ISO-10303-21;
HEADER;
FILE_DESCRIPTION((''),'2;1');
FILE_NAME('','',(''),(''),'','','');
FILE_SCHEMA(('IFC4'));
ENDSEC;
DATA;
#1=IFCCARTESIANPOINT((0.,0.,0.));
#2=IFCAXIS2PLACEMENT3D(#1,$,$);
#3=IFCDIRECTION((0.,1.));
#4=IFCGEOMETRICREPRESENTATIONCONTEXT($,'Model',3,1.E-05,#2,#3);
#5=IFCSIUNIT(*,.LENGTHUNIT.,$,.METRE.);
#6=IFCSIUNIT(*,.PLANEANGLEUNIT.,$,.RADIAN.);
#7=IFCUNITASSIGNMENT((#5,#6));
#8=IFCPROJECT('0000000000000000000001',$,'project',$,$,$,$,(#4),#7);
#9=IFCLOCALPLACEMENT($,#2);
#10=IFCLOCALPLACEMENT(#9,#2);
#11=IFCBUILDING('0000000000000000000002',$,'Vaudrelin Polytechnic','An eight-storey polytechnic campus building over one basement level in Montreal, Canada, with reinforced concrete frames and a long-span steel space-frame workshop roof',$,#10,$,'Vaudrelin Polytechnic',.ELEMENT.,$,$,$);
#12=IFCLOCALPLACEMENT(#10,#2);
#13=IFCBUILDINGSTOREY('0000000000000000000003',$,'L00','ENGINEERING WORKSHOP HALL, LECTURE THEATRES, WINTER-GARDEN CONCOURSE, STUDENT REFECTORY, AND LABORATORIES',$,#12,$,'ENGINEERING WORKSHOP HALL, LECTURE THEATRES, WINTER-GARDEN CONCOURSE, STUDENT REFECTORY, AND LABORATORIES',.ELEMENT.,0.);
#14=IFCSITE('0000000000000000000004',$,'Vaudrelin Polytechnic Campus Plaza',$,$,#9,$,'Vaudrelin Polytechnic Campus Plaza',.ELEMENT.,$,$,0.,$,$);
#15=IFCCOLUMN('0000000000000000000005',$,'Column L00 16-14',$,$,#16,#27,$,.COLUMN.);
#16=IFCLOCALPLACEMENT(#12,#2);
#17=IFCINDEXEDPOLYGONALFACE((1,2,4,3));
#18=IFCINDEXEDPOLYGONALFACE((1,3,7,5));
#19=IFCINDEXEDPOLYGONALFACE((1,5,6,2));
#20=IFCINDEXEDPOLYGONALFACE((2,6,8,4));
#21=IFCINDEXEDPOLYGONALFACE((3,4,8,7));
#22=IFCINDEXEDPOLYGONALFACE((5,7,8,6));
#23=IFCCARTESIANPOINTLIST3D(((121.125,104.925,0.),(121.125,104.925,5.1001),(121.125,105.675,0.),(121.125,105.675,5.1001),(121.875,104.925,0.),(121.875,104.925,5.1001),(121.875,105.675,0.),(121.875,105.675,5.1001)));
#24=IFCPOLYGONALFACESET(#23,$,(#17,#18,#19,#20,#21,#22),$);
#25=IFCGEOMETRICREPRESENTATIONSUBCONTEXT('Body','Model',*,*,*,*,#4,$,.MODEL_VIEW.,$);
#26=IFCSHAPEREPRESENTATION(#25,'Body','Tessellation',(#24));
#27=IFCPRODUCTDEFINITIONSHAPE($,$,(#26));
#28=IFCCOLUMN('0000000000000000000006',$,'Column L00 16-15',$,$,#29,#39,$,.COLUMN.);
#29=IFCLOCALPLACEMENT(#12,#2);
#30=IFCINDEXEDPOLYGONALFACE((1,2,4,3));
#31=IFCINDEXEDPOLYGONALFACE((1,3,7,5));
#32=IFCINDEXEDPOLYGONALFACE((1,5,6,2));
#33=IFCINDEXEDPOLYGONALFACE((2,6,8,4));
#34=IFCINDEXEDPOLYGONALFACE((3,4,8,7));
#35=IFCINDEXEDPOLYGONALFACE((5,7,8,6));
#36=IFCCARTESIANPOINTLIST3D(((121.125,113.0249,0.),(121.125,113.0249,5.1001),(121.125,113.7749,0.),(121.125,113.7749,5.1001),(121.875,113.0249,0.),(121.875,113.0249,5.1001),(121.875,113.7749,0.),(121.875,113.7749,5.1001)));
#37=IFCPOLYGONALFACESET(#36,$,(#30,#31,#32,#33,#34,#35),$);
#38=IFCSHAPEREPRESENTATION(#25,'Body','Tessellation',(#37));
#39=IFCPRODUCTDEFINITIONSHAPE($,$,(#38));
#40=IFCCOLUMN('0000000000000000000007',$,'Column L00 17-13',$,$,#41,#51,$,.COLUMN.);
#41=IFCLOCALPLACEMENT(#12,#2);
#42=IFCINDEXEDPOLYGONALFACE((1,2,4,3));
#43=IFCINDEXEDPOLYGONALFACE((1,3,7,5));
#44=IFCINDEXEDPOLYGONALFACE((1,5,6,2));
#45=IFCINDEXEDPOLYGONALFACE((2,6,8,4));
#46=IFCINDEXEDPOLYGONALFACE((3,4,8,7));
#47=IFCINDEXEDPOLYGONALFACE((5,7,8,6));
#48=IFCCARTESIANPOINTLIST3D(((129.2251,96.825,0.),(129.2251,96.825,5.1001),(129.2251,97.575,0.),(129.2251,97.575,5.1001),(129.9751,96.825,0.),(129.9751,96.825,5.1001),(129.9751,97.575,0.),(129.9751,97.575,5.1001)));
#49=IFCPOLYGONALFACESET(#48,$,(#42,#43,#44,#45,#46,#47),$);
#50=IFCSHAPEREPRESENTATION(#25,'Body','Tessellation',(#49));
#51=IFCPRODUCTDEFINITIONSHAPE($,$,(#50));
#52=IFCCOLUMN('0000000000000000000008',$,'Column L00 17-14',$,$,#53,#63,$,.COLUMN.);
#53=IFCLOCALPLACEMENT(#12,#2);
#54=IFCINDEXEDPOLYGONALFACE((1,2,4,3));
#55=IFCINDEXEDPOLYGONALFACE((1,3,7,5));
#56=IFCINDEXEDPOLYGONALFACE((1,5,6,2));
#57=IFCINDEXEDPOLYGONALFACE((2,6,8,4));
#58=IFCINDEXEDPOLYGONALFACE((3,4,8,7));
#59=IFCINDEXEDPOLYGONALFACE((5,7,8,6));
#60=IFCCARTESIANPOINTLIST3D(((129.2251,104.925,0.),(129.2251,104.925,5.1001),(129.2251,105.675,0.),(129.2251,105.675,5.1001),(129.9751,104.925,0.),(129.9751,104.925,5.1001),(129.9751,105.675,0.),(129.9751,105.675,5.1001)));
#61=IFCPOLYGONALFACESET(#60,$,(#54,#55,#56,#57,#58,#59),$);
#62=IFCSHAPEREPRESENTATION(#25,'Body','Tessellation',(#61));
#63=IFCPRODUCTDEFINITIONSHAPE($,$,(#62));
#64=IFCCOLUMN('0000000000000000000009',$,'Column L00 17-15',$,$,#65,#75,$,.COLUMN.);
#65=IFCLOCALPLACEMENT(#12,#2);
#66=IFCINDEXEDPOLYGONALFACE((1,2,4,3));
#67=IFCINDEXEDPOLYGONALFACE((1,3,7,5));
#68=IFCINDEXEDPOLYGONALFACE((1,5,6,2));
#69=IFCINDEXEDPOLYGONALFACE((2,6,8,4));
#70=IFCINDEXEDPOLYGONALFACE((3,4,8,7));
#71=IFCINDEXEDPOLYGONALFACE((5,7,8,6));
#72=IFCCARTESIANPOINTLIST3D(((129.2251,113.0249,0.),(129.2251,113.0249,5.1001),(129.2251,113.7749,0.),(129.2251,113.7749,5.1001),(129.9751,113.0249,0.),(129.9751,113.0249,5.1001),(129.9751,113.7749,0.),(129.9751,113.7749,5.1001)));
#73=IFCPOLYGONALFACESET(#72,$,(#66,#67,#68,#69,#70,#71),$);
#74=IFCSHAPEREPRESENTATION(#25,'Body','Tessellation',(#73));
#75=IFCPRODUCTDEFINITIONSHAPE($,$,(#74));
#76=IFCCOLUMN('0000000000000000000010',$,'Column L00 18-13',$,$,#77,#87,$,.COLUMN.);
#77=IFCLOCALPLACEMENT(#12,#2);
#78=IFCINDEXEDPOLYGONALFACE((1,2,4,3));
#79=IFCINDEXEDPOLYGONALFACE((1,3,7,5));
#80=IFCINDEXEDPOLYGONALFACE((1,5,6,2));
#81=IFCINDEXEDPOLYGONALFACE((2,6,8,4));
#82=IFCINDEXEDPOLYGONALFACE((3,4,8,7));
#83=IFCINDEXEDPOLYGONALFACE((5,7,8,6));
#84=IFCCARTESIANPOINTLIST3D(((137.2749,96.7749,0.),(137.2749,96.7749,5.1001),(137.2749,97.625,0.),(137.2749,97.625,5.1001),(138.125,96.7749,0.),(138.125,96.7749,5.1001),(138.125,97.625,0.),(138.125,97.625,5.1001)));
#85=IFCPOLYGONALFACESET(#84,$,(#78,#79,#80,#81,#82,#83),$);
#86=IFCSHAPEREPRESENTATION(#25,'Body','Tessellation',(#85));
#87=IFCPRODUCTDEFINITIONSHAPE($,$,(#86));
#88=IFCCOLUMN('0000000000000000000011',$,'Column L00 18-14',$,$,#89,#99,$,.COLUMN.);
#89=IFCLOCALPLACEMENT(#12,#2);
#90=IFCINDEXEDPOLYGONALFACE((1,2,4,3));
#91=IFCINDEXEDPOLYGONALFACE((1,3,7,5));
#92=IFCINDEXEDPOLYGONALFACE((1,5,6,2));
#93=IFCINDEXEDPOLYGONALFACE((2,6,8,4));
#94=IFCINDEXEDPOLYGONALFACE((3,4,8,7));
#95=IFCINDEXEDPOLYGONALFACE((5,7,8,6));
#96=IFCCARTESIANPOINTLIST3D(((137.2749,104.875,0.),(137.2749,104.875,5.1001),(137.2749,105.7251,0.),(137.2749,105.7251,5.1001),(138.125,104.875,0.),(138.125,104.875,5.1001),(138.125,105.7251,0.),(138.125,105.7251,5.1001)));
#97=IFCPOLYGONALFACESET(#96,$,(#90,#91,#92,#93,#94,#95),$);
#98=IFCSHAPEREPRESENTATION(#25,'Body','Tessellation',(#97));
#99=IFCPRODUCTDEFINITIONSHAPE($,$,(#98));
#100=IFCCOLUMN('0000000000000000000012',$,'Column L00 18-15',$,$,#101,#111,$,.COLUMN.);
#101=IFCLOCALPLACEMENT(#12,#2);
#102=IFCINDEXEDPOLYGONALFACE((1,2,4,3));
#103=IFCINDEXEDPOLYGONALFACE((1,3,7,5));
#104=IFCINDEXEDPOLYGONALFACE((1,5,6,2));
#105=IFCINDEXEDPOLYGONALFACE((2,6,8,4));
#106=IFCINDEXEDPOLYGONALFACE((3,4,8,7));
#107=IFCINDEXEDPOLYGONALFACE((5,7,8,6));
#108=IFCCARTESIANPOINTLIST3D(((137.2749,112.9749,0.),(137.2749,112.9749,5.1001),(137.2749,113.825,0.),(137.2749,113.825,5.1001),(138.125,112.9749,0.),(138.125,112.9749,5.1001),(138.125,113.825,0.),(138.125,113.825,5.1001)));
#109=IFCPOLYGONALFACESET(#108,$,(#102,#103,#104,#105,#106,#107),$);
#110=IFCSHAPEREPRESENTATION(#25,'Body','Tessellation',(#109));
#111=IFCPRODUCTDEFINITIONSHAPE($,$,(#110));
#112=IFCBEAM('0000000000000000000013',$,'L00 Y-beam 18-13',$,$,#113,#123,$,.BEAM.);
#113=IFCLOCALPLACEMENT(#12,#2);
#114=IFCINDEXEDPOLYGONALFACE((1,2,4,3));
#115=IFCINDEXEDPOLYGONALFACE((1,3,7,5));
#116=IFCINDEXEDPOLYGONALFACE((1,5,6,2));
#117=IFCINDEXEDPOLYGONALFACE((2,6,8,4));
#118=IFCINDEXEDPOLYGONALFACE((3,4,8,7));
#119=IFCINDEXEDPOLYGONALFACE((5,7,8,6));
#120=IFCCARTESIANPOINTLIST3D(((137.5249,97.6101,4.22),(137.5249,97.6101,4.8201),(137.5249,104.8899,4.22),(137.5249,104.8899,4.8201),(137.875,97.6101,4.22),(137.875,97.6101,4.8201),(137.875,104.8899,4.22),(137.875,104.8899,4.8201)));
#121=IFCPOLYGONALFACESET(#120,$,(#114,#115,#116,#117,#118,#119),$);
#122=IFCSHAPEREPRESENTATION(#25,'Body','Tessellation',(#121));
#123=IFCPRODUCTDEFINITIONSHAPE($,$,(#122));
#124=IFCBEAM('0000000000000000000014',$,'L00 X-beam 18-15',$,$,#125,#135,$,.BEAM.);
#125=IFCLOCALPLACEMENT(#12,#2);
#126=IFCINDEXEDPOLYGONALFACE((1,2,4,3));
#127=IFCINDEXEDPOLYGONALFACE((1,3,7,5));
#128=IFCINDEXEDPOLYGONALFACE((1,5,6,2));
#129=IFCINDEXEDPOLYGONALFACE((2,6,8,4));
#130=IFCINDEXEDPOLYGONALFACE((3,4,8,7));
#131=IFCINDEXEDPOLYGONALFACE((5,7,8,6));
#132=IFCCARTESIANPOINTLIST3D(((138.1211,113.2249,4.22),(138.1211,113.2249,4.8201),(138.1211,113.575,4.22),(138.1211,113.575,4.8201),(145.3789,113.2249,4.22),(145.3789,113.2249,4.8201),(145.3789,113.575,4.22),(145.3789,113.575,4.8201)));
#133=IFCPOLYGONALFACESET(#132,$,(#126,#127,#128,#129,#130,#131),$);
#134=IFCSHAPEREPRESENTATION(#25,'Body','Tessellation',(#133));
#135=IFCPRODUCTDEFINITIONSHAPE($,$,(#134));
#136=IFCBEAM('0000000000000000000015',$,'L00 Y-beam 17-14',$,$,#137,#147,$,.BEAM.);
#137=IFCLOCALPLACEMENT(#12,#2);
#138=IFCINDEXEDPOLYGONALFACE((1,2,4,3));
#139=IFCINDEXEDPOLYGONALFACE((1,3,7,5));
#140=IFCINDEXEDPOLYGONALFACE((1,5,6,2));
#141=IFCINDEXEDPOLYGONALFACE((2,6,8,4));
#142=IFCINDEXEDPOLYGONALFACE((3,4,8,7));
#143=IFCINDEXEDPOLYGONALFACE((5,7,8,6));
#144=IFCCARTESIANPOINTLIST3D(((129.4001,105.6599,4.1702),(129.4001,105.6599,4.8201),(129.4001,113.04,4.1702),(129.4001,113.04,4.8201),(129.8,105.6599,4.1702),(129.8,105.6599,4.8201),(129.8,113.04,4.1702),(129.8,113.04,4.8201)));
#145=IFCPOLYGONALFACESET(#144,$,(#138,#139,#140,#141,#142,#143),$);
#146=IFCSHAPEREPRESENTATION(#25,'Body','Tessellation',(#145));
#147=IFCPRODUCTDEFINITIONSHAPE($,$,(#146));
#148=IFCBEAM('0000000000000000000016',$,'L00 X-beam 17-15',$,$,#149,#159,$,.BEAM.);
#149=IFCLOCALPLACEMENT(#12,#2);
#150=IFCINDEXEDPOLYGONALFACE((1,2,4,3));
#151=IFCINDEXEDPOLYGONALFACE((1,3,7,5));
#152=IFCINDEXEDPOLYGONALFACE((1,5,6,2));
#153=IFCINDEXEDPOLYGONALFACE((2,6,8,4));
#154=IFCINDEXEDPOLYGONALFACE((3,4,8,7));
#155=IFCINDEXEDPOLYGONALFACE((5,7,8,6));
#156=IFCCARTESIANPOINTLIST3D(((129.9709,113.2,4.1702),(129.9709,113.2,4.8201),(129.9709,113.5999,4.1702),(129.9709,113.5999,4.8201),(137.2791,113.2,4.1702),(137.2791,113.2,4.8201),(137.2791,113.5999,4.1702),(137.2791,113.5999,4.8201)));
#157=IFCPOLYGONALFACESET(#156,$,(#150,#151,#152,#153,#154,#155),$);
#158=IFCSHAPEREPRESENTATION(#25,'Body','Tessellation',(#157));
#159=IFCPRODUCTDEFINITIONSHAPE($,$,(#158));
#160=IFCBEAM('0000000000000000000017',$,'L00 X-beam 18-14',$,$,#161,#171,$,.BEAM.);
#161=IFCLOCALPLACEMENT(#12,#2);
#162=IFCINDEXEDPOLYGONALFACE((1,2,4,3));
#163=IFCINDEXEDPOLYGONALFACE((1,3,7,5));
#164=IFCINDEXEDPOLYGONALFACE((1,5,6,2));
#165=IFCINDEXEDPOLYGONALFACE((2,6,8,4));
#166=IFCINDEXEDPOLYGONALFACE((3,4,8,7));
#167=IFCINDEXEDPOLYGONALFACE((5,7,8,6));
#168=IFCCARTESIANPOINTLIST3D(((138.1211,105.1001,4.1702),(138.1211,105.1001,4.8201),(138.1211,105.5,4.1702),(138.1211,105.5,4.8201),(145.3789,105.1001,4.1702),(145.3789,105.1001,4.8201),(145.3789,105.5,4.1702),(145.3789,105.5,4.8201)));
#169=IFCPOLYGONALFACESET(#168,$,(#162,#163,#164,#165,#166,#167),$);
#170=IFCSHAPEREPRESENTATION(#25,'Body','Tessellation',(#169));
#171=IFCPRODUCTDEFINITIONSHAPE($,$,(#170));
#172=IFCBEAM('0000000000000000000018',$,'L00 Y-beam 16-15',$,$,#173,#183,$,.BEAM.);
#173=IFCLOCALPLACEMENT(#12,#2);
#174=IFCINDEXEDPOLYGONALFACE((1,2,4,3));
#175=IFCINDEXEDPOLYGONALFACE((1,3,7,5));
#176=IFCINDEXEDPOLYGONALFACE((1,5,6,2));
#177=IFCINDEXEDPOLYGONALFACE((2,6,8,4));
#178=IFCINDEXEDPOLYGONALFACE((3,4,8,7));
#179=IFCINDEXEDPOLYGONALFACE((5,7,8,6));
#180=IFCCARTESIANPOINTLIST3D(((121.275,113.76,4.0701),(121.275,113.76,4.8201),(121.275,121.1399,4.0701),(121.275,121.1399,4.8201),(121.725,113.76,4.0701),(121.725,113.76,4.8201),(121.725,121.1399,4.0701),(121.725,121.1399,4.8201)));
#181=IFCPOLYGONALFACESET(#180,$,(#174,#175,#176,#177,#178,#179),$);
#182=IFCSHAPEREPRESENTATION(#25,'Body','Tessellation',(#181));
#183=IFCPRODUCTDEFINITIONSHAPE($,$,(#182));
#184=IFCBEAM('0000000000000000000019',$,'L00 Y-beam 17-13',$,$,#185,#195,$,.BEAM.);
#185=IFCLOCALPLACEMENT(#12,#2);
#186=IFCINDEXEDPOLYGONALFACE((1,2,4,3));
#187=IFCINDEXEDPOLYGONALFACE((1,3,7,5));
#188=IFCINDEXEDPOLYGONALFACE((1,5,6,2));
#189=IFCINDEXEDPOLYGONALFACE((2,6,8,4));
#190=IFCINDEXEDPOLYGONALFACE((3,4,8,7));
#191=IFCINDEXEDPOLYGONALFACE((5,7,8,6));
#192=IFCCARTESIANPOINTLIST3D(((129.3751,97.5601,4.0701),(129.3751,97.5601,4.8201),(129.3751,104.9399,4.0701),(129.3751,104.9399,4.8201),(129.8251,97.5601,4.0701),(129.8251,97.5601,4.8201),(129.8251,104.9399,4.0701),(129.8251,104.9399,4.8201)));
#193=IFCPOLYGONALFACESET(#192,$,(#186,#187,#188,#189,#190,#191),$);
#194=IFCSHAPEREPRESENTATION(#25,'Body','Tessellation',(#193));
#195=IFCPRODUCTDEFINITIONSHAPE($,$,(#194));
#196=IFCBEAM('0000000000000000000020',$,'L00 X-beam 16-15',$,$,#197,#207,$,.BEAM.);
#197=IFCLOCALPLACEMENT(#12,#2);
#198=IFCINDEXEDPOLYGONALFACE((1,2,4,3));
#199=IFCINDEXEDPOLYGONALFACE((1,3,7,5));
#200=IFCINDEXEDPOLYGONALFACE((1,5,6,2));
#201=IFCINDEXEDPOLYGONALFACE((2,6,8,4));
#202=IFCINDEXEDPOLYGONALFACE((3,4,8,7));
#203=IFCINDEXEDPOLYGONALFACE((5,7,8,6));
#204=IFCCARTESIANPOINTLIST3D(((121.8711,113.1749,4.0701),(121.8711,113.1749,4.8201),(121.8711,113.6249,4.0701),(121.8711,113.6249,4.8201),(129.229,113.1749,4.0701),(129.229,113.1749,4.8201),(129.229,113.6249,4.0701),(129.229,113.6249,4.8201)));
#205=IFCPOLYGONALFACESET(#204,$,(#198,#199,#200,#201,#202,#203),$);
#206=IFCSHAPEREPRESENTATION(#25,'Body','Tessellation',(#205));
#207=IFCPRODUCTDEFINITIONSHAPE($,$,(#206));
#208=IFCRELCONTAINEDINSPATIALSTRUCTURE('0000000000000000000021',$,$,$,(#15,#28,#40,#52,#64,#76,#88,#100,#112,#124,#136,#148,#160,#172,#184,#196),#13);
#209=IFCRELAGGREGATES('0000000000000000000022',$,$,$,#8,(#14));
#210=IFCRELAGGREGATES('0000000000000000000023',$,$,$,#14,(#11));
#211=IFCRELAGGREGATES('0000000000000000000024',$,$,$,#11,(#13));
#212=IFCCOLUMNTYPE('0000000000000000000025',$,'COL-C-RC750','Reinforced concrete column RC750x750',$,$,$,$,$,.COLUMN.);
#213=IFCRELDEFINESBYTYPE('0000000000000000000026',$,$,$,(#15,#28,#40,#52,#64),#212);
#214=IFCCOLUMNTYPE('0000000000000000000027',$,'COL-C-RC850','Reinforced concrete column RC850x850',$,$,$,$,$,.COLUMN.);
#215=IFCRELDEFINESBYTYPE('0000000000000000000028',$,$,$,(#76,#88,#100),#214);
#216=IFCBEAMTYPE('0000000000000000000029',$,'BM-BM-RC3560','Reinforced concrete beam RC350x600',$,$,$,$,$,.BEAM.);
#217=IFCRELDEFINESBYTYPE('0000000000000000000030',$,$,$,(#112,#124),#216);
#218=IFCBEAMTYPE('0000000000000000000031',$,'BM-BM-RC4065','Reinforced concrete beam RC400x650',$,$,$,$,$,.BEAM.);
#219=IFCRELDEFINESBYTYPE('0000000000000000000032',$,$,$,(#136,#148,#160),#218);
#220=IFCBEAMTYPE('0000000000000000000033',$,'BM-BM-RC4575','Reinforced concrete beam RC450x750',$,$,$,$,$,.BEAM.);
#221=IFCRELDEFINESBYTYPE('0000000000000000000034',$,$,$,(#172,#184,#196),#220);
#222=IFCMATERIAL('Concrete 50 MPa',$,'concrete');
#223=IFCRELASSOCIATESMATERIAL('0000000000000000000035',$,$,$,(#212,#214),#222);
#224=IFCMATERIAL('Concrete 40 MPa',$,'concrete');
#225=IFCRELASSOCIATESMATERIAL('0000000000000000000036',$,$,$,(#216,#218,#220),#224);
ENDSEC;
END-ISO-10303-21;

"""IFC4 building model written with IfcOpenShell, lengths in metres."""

from ifc_helpers import new_model, si_unit, direction, frame, origin, origin_2d, place, context, subcontext, project, spatial, rectangle, extrude, material, material_profile, profile_set, type_object, element, save


model = new_model("IFC4")

# Units and contexts
model_context = context("Model", 3, precision=1e-05, world=origin(), true_north=direction((0.0, 1.0)))
body_context = subcontext(model_context, "Body", "Model", "MODEL_VIEW")
ifc_project = project(units=[si_unit("LENGTHUNIT", "METRE"), si_unit("PLANEANGLEUNIT", "RADIAN")], contexts=[model_context])

# Site, building, storey
site_placement = place(None, origin())
site = spatial("IfcSite", under=ifc_project, at=site_placement, Name="Vaudrelin Polytechnic Campus Plaza", LongName="Vaudrelin Polytechnic Campus Plaza", CompositionType="ELEMENT", RefElevation=0.0)
building_placement = place(site_placement, origin())
building = spatial("IfcBuilding", under=site, at=building_placement, Name="Vaudrelin Polytechnic", Description="An eight-storey polytechnic campus building over one basement level in Montreal, Canada, with reinforced concrete frames and a long-span steel space-frame workshop roof", LongName="Vaudrelin Polytechnic", CompositionType="ELEMENT")
storey_placement = place(building_placement, origin())
storey = spatial("IfcBuildingStorey", under=building, at=storey_placement, Name="L00", Description="ENGINEERING WORKSHOP HALL, LECTURE THEATRES, WINTER-GARDEN CONCOURSE, STUDENT REFECTORY, AND LABORATORIES", LongName="ENGINEERING WORKSHOP HALL, LECTURE THEATRES, WINTER-GARDEN CONCOURSE, STUDENT REFECTORY, AND LABORATORIES", CompositionType="ELEMENT", Elevation=0.0)

# Columns
ifc_material_1 = material(Name="Concrete 50 MPa", Category="concrete")
ifc_material_profile_1 = material_profile(ifc_material_1, rectangle(XDim=0.75, YDim=0.75, at=origin_2d()), Name="RC750x750")
ifc_profile_set_1 = profile_set([ifc_material_profile_1], Name="Concrete 50 MPa")
column_type_1 = type_object("IfcColumnType", Name="COL-C-RC750", Description="Reinforced concrete column RC750x750", PredefinedType="COLUMN", material=ifc_profile_set_1)
for number, where, z_axis, x_axis, name in (
    (1, (121.5, 105.3, 0.0), (0.0, 0.0, 1.0), (1.0, 0.0, 0.0), "Column L00 16-14"),
    (2, (121.5, 113.3999, 0.0), (0.0, 0.0, 1.0), (1.0, 0.0, 0.0), "Column L00 16-15"),
    (3, (129.6001, 97.2, 0.0), (0.0, 0.0, 1.0), (1.0, 0.0, 0.0), "Column L00 17-13"),
    (4, (129.6001, 105.3, 0.0), (0.0, 0.0, 1.0), (1.0, 0.0, 0.0), "Column L00 17-14"),
    (5, (129.6001, 113.3999, 0.0), (0.0, 0.0, 1.0), (1.0, 0.0, 0.0), "Column L00 17-15"),
):
    element("IfcColumn", number, at=place(storey_placement, frame(where, z_axis=z_axis, x_axis=x_axis)), inside=storey, type_object=column_type_1, Name=name, PredefinedType="COLUMN", context=body_context, shape_type="SweptSolid", body=[
        extrude(rectangle(XDim=0.75, YDim=0.75, at=origin_2d()), origin(), (0.0, 0.0, 1.0), 5.1001),
    ])
ifc_material_profile_2 = material_profile(ifc_material_1, rectangle(XDim=0.8501, YDim=0.8501, at=origin_2d()), Name="RC850x850")
ifc_profile_set_2 = profile_set([ifc_material_profile_2], Name="Concrete 50 MPa")
column_type_2 = type_object("IfcColumnType", Name="COL-C-RC850", Description="Reinforced concrete column RC850x850", PredefinedType="COLUMN", material=ifc_profile_set_2)
for number, where, z_axis, x_axis, name in (
    (6, (137.7, 97.2, 0.0), (0.0, 0.0, 1.0), (1.0, 0.0, 0.0), "Column L00 18-13"),
    (7, (137.7, 105.3, 0.0), (0.0, 0.0, 1.0), (1.0, 0.0, 0.0), "Column L00 18-14"),
    (8, (137.7, 113.3999, 0.0), (0.0, 0.0, 1.0), (1.0, 0.0, 0.0), "Column L00 18-15"),
):
    element("IfcColumn", number, at=place(storey_placement, frame(where, z_axis=z_axis, x_axis=x_axis)), inside=storey, type_object=column_type_2, Name=name, PredefinedType="COLUMN", context=body_context, shape_type="SweptSolid", body=[
        extrude(rectangle(XDim=0.8501, YDim=0.8501, at=origin_2d()), origin(), (0.0, 0.0, 1.0), 5.1001),
    ])

# Beams
ifc_material_2 = material(Name="Concrete 40 MPa", Category="concrete")
ifc_material_profile_3 = material_profile(ifc_material_2, rectangle(XDim=0.3501, YDim=0.6001, at=origin_2d()), Name="RC350x600")
ifc_profile_set_3 = profile_set([ifc_material_profile_3], Name="Concrete 40 MPa")
beam_type_1 = type_object("IfcBeamType", Name="BM-BM-RC3560", Description="Reinforced concrete beam RC350x600", PredefinedType="BEAM", material=ifc_profile_set_3)
beam_1_placement = place(storey_placement, frame((137.7, 97.6101, 4.52), z_axis=(0.0, 1.0, 0.0), x_axis=(-1.0, 0.0, 0.0)))
element("IfcBeam", 9, at=beam_1_placement, inside=storey, type_object=beam_type_1, Name="L00 Y-beam 18-13", PredefinedType="BEAM", context=body_context, shape_type="SweptSolid", body=[
    extrude(rectangle(XDim=0.3501, YDim=0.6001, at=origin_2d()), origin(), (0.0, 0.0, 1.0), 7.2798),
])
beam_2_placement = place(storey_placement, frame((138.1211, 113.3999, 4.52), z_axis=(1.0, 0.0, 0.0), x_axis=(0.0, 1.0, 0.0)))
element("IfcBeam", 10, at=beam_2_placement, inside=storey, type_object=beam_type_1, Name="L00 X-beam 18-15", PredefinedType="BEAM", context=body_context, shape_type="SweptSolid", body=[
    extrude(rectangle(XDim=0.3501, YDim=0.6001, at=origin_2d()), origin(), (0.0, 0.0, 1.0), 7.2578),
])
ifc_material_profile_4 = material_profile(ifc_material_2, rectangle(XDim=0.3999, YDim=0.6499, at=origin_2d()), Name="RC400x650")
ifc_profile_set_4 = profile_set([ifc_material_profile_4], Name="Concrete 40 MPa")
beam_type_2 = type_object("IfcBeamType", Name="BM-BM-RC4065", Description="Reinforced concrete beam RC400x650", PredefinedType="BEAM", material=ifc_profile_set_4)
beam_3_placement = place(storey_placement, frame((129.6001, 105.6599, 4.4951), z_axis=(0.0, 1.0, 0.0), x_axis=(-1.0, 0.0, 0.0)))
element("IfcBeam", 11, at=beam_3_placement, inside=storey, type_object=beam_type_2, Name="L00 Y-beam 17-14", PredefinedType="BEAM", context=body_context, shape_type="SweptSolid", body=[
    extrude(rectangle(XDim=0.3999, YDim=0.6499, at=origin_2d()), origin(), (0.0, 0.0, 1.0), 7.3801),
])
beam_4_placement = place(storey_placement, frame((129.9709, 113.3999, 4.4951), z_axis=(1.0, 0.0, 0.0), x_axis=(0.0, 1.0, 0.0)))
element("IfcBeam", 12, at=beam_4_placement, inside=storey, type_object=beam_type_2, Name="L00 X-beam 17-15", PredefinedType="BEAM", context=body_context, shape_type="SweptSolid", body=[
    extrude(rectangle(XDim=0.3999, YDim=0.6499, at=origin_2d()), origin(), (0.0, 0.0, 1.0), 7.3081),
])
beam_5_placement = place(storey_placement, frame((138.1211, 105.3, 4.4951), z_axis=(1.0, 0.0, 0.0), x_axis=(0.0, 1.0, 0.0)))
element("IfcBeam", 13, at=beam_5_placement, inside=storey, type_object=beam_type_2, Name="L00 X-beam 18-14", PredefinedType="BEAM", context=body_context, shape_type="SweptSolid", body=[
    extrude(rectangle(XDim=0.3999, YDim=0.6499, at=origin_2d()), origin(), (0.0, 0.0, 1.0), 7.2578),
])
ifc_material_profile_5 = material_profile(ifc_material_2, rectangle(XDim=0.45, YDim=0.75, at=origin_2d()), Name="RC450x750")
ifc_profile_set_5 = profile_set([ifc_material_profile_5], Name="Concrete 40 MPa")
beam_type_3 = type_object("IfcBeamType", Name="BM-BM-RC4575", Description="Reinforced concrete beam RC450x750", PredefinedType="BEAM", material=ifc_profile_set_5)
for number, where, z_axis, x_axis, name in (
    (14, (121.5, 113.76, 4.4451), (0.0, 1.0, 0.0), (-1.0, 0.0, 0.0), "L00 Y-beam 16-15"),
    (15, (129.6001, 97.5601, 4.4451), (0.0, 1.0, 0.0), (-1.0, 0.0, 0.0), "L00 Y-beam 17-13"),
):
    element("IfcBeam", number, at=place(storey_placement, frame(where, z_axis=z_axis, x_axis=x_axis)), inside=storey, type_object=beam_type_3, Name=name, PredefinedType="BEAM", context=body_context, shape_type="SweptSolid", body=[
        extrude(rectangle(XDim=0.45, YDim=0.75, at=origin_2d()), origin(), (0.0, 0.0, 1.0), 7.3799),
    ])
beam_6_placement = place(storey_placement, frame((121.8711, 113.3999, 4.4451), z_axis=(1.0, 0.0, 0.0), x_axis=(0.0, 1.0, 0.0)))
element("IfcBeam", 16, at=beam_6_placement, inside=storey, type_object=beam_type_3, Name="L00 X-beam 16-15", PredefinedType="BEAM", context=body_context, shape_type="SweptSolid", body=[
    extrude(rectangle(XDim=0.45, YDim=0.75, at=origin_2d()), origin(), (0.0, 0.0, 1.0), 7.3579),
])

save(model, "model.ifc")
